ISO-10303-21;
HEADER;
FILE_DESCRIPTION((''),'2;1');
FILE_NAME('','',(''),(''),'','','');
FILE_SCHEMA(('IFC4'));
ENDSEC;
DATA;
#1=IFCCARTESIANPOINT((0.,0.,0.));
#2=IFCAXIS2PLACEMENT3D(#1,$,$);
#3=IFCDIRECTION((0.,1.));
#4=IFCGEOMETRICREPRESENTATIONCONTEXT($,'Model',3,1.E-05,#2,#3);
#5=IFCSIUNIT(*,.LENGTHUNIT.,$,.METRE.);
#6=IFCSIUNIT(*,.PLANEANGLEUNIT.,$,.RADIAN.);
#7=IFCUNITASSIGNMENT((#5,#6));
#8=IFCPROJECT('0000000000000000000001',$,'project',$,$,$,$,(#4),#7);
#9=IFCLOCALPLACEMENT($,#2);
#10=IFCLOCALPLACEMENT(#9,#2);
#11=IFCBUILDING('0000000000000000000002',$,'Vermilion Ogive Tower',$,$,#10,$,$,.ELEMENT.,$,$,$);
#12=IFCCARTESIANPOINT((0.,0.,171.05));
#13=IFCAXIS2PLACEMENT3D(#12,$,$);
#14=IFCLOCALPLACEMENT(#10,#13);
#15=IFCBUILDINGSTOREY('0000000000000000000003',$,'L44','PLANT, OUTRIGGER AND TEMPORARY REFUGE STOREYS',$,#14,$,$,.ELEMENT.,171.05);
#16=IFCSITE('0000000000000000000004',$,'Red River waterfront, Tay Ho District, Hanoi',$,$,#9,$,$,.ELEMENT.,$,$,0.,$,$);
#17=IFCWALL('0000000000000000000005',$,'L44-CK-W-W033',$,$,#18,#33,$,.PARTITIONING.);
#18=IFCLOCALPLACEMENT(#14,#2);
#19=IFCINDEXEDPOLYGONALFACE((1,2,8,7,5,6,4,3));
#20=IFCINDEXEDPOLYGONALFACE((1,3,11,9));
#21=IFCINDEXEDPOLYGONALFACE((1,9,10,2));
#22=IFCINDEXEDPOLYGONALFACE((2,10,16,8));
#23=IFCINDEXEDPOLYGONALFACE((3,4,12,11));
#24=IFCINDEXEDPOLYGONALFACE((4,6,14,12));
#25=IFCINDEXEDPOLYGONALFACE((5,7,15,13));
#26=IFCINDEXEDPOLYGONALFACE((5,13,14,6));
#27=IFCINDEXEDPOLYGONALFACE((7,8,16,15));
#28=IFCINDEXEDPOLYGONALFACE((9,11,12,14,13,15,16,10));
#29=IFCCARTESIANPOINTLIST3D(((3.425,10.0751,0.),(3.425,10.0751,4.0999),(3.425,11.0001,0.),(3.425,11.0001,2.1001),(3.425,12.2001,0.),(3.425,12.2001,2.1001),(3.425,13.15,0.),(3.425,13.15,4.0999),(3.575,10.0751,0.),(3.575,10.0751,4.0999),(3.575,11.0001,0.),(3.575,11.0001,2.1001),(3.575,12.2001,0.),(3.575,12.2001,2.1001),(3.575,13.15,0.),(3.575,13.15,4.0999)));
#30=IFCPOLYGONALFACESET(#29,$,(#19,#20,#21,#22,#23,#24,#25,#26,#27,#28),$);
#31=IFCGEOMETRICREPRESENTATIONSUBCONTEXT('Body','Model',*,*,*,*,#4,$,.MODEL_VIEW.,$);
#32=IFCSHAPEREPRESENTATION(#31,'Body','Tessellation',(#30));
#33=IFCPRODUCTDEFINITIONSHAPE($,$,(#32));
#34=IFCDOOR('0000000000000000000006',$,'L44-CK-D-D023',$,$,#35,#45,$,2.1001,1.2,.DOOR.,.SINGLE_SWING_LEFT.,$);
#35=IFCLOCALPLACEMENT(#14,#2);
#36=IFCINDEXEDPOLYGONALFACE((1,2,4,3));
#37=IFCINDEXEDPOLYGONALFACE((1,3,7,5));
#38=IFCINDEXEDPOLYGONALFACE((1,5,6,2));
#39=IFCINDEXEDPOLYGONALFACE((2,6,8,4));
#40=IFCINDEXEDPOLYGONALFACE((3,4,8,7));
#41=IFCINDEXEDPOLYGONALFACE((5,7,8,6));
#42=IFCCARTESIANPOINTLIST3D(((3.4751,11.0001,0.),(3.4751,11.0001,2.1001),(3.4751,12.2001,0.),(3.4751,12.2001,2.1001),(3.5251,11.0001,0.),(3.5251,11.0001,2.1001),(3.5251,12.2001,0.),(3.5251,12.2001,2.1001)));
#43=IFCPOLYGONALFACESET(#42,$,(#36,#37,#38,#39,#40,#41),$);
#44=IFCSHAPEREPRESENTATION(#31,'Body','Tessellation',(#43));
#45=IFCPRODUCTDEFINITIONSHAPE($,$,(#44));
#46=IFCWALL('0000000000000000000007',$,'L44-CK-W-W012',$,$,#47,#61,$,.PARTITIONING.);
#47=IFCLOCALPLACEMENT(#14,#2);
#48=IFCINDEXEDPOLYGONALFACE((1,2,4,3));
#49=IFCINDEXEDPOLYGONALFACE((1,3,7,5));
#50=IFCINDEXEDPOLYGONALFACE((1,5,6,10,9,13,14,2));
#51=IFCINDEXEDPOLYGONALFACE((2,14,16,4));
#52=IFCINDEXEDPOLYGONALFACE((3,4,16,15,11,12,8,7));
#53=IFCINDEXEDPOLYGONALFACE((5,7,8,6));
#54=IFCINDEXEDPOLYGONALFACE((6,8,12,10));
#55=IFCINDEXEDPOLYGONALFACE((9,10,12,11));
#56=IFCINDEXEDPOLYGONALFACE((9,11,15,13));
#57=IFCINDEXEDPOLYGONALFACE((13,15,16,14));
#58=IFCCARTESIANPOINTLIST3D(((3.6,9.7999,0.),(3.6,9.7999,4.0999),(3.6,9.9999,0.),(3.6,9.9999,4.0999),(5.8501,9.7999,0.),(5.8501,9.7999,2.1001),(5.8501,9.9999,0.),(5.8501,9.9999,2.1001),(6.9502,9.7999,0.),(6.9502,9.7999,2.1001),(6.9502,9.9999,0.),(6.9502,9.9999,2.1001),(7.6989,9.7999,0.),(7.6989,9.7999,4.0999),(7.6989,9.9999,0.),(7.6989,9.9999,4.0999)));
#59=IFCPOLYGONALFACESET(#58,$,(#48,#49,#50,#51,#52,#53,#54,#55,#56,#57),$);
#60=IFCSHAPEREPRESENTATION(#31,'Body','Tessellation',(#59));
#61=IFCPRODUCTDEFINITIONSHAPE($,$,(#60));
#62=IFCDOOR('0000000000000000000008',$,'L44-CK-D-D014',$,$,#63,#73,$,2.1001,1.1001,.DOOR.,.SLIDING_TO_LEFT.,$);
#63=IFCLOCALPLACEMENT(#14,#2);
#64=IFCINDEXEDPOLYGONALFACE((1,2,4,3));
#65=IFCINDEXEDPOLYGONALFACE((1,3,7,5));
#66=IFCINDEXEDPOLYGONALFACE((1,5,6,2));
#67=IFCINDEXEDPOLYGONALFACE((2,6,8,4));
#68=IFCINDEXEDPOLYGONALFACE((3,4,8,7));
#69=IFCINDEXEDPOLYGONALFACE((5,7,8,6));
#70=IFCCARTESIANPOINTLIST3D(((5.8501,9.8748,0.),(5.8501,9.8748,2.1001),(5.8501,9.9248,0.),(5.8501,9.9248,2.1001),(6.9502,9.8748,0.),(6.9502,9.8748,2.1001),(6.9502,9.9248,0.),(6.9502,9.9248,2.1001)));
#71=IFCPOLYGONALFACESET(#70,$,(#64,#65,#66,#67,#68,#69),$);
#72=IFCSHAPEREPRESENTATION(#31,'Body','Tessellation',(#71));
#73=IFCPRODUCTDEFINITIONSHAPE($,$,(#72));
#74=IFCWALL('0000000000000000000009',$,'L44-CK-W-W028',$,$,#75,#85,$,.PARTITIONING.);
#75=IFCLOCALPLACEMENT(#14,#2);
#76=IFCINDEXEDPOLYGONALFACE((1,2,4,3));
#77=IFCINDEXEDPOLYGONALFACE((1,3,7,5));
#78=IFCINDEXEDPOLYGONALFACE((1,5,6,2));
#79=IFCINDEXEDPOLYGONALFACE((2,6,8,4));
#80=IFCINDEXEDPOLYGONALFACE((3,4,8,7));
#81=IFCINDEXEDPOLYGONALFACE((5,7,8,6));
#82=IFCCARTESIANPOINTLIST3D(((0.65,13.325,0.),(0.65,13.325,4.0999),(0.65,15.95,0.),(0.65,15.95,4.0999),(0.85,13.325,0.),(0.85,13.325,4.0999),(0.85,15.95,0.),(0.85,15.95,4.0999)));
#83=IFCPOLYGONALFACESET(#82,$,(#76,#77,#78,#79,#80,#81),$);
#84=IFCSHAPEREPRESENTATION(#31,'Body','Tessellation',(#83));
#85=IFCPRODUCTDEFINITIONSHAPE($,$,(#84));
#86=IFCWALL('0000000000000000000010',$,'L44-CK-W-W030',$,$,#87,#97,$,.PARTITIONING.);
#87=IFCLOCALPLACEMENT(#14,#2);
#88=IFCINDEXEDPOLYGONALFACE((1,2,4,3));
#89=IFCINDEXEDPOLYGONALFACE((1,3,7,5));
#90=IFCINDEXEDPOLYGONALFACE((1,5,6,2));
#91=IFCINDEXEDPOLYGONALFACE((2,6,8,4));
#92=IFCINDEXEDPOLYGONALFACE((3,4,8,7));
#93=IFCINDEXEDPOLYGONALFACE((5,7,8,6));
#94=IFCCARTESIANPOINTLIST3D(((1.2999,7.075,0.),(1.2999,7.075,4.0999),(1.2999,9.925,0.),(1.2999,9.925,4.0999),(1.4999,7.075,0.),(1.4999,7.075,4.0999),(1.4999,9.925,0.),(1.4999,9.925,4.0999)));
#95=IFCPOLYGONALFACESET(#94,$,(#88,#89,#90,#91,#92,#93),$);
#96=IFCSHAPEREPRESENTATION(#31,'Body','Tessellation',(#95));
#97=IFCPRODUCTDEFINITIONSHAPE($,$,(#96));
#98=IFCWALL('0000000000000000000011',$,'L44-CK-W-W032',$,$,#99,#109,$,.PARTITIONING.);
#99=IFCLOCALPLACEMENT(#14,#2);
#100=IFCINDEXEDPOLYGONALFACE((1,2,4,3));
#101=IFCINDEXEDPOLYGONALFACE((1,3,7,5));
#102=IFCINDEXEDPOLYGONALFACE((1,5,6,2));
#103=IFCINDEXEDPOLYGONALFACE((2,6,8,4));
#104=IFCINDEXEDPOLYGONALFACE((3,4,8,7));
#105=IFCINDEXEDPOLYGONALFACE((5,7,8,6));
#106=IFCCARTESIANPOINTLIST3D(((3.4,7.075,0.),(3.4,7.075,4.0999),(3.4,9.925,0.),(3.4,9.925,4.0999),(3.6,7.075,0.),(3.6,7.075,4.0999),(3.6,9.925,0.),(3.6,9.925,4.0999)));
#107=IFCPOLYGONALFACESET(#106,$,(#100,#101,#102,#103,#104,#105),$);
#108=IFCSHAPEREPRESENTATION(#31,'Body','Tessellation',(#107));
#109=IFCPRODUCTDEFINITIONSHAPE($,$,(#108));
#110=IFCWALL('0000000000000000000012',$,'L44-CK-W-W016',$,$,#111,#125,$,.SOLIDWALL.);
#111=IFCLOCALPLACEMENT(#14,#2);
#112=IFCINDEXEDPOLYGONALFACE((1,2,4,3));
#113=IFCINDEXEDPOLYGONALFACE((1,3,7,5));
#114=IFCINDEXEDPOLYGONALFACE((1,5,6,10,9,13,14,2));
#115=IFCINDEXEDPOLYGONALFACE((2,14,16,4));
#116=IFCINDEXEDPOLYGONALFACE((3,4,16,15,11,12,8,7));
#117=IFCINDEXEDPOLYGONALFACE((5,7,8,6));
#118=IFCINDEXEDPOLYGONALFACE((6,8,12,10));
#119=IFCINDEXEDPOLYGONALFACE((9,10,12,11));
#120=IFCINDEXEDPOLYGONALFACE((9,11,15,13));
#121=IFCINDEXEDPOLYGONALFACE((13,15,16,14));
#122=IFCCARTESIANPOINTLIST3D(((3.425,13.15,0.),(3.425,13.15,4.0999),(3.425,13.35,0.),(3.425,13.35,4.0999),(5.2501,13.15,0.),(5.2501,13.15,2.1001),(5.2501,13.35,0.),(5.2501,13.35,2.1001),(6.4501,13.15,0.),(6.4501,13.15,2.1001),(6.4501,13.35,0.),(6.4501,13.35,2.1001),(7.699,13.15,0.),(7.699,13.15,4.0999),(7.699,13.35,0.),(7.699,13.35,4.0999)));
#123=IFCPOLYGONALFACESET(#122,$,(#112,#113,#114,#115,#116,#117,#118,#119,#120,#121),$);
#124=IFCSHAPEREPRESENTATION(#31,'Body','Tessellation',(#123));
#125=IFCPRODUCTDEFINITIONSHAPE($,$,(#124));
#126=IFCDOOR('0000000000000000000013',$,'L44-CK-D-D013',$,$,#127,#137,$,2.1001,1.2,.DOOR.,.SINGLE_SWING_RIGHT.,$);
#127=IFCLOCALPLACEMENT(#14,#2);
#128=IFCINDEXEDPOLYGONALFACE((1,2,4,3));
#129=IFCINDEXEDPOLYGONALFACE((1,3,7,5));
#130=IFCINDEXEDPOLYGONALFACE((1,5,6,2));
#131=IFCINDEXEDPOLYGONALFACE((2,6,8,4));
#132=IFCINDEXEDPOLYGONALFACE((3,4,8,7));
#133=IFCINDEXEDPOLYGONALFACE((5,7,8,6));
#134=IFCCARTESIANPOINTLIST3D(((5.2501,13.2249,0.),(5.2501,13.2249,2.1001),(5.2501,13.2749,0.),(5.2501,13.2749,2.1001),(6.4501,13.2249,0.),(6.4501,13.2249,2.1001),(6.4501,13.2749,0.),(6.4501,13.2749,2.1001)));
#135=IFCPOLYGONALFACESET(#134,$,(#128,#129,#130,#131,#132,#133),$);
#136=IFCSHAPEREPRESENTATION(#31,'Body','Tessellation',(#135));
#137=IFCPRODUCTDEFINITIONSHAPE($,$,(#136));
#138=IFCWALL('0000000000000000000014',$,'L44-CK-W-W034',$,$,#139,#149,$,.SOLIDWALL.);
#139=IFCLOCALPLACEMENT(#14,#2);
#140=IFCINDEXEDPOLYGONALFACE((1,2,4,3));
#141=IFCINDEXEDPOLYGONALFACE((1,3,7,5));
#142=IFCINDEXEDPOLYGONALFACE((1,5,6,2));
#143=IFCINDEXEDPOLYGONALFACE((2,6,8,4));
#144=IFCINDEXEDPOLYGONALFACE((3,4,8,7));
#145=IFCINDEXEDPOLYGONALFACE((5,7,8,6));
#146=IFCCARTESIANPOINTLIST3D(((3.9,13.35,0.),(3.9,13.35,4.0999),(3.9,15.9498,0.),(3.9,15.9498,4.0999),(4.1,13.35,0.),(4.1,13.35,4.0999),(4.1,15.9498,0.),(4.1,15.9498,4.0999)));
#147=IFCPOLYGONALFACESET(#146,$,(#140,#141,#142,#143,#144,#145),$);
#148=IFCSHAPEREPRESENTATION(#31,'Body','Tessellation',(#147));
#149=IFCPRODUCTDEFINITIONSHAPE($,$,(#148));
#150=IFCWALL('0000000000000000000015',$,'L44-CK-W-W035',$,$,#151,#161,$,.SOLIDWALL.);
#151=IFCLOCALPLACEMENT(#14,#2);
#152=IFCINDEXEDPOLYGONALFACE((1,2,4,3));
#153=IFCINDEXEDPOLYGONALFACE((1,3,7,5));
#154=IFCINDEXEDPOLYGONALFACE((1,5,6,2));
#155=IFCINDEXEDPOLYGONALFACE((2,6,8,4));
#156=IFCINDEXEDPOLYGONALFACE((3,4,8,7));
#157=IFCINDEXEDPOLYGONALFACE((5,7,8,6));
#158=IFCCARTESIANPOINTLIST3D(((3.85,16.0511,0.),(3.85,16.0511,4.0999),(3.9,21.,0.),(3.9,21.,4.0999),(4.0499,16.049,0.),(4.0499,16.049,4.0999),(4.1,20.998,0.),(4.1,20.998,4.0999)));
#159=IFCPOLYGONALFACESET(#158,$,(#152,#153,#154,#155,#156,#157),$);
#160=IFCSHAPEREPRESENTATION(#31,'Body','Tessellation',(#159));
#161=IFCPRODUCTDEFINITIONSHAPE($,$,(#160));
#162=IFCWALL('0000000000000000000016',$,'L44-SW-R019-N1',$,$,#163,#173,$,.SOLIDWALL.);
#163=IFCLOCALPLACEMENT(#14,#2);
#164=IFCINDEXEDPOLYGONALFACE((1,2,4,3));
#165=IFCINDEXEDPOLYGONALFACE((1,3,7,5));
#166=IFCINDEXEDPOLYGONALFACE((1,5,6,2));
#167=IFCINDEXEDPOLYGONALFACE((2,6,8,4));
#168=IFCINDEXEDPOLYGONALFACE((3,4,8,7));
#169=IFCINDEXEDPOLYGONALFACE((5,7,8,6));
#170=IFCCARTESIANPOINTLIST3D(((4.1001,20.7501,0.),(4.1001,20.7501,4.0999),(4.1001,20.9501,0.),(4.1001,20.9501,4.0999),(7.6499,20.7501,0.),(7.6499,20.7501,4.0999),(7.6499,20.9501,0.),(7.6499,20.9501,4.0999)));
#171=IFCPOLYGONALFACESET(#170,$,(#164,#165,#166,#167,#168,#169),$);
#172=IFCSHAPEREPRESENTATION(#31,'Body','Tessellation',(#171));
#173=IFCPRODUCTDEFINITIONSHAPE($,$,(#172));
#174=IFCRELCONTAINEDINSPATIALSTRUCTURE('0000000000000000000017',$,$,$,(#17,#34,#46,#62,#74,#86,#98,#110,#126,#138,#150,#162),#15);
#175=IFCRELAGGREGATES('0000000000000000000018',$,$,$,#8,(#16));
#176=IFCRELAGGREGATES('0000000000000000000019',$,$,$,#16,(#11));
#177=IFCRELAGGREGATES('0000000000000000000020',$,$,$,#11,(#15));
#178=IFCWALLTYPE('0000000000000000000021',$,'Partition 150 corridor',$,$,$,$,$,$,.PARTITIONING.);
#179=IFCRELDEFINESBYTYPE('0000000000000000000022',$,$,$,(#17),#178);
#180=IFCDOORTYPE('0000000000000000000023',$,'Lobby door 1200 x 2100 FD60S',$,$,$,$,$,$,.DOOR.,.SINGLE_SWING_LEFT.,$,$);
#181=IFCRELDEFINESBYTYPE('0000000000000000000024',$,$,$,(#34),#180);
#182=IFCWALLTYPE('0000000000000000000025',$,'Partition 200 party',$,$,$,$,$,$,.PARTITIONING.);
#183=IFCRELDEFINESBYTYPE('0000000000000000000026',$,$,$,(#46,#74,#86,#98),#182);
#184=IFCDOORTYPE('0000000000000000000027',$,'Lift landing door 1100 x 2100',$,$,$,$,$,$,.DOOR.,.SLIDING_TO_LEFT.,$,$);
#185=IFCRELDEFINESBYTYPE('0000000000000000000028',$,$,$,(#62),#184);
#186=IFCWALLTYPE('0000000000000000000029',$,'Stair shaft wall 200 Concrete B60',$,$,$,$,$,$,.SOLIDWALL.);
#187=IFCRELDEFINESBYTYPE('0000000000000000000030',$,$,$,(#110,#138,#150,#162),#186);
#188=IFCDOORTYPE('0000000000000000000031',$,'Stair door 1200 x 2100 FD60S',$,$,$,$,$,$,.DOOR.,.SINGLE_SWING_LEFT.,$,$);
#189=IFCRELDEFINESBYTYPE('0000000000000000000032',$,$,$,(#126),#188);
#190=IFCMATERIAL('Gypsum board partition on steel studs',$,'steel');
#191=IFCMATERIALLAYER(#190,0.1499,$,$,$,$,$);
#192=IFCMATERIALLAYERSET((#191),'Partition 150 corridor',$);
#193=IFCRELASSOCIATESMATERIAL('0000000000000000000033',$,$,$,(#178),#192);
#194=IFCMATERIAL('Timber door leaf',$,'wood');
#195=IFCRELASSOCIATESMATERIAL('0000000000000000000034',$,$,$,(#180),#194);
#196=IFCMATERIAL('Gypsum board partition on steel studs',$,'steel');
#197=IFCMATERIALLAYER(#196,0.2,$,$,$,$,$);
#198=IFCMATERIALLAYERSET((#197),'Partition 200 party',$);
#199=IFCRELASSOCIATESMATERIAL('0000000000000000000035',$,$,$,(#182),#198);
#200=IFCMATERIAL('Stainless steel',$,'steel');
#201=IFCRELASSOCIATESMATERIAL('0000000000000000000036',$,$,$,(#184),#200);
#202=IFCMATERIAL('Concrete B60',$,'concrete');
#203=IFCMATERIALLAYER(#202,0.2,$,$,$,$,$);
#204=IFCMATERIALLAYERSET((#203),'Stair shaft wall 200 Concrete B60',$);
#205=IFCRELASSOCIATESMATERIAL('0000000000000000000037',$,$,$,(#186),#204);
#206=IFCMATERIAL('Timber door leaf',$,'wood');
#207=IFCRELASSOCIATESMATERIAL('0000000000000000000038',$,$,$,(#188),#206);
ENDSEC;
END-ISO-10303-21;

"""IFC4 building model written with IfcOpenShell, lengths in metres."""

from ifc_helpers import new_model, si_unit, direction, frame, frame_2d, origin, place, context, subcontext, project, spatial, rectangle, extrude, material, layer, layer_set, type_object, element, fill, save


model = new_model("IFC4")

# Units and contexts
model_context = context("Model", 3, precision=1e-05, world=origin(), true_north=direction((0.0, 1.0)))
body_context = subcontext(model_context, "Body", "Model", "MODEL_VIEW")
ifc_project = project(units=[si_unit("LENGTHUNIT", "METRE"), si_unit("PLANEANGLEUNIT", "RADIAN")], contexts=[model_context])

# Site, building, storey
site_placement = place(None, origin())
site = spatial("IfcSite", under=ifc_project, at=site_placement, Name="Red River waterfront, Tay Ho District, Hanoi", CompositionType="ELEMENT", RefElevation=0.0)
building_placement = place(site_placement, origin())
building = spatial("IfcBuilding", under=site, at=building_placement, Name="Vermilion Ogive Tower", CompositionType="ELEMENT")
storey_placement = place(building_placement, frame((0.0, 0.0, 171.05)))
storey = spatial("IfcBuildingStorey", under=building, at=storey_placement, Name="L44", Description="PLANT, OUTRIGGER AND TEMPORARY REFUGE STOREYS", CompositionType="ELEMENT", Elevation=171.05)

# Walls, openings, doors
ifc_material_1 = material(Name="Gypsum board partition on steel studs", Category="steel")
ifc_layer_1 = layer(ifc_material_1, 0.1499)
ifc_layer_set_1 = layer_set([ifc_layer_1], Name="Partition 150 corridor")
wall_type_1 = type_object("IfcWallType", Name="Partition 150 corridor", PredefinedType="PARTITIONING", material=ifc_layer_set_1)
wall_1_placement = place(storey_placement, frame((3.5, 10.075, 0.0), z_axis=(0.0, 0.0, 1.0), x_axis=(0.0, 1.0, 0.0)))
wall_1 = element("IfcWall", 1, at=wall_1_placement, inside=storey, type_object=wall_type_1, Name="L44-CK-W-W033", PredefinedType="PARTITIONING", context=body_context, shape_type="SweptSolid", body=[
    extrude(rectangle(XDim=3.075, YDim=0.1499, at=frame_2d((1.5376, 0.0))), origin(), (0.0, 0.0, 1.0), 4.0999),
])
opening_1_placement = place(wall_1_placement, frame((0.925, 0.0, 0.0)))
opening_1 = element("IfcOpeningElement", 2, at=opening_1_placement, cuts=wall_1, PredefinedType="OPENING", context=body_context, shape_type="SweptSolid", body=[
    extrude(rectangle(XDim=1.2, YDim=2.1001, at=frame_2d((0.6001, 1.05))), frame((0.0, 0.085, 0.0), z_axis=(0.0, -1.0, 0.0), x_axis=(1.0, 0.0, 0.0)), (0.0, 0.0, 1.0), 0.1699),
])
ifc_material_2 = material(Name="Timber door leaf", Category="wood")
door_type_1 = type_object("IfcDoorType", Name="Lobby door 1200 x 2100 FD60S", OperationType="SINGLE_SWING_LEFT", PredefinedType="DOOR", material=ifc_material_2)
door_1_placement = place(opening_1_placement, origin())
door_1 = element("IfcDoor", 3, at=door_1_placement, inside=storey, type_object=door_type_1, Name="L44-CK-D-D023", OperationType="SINGLE_SWING_LEFT", OverallHeight=2.1001, OverallWidth=1.2, PredefinedType="DOOR", context=body_context, shape_type="SweptSolid", body=[
    extrude(rectangle(XDim=1.2, YDim=2.1001, at=frame_2d((0.6001, 1.05))), frame((0.0, 0.0249, 0.0), z_axis=(0.0, -1.0, 0.0), x_axis=(1.0, 0.0, 0.0)), (0.0, 0.0, 1.0), 0.05),
])
fill(opening_1, door_1)
ifc_material_3 = material(Name="Gypsum board partition on steel studs", Category="steel")
ifc_layer_2 = layer(ifc_material_3, 0.2)
ifc_layer_set_2 = layer_set([ifc_layer_2], Name="Partition 200 party")
wall_type_2 = type_object("IfcWallType", Name="Partition 200 party", PredefinedType="PARTITIONING", material=ifc_layer_set_2)
wall_2_placement = place(storey_placement, frame((3.6001, 9.8999, 0.0), z_axis=(0.0, 0.0, 1.0), x_axis=(1.0, 0.0, 0.0)))
wall_2 = element("IfcWall", 4, at=wall_2_placement, inside=storey, type_object=wall_type_2, Name="L44-CK-W-W012", PredefinedType="PARTITIONING", context=body_context, shape_type="SweptSolid", body=[
    extrude(rectangle(XDim=4.0989, YDim=0.2, at=frame_2d((2.0493, 0.0))), origin(), (0.0, 0.0, 1.0), 4.0999),
])
opening_2_placement = place(wall_2_placement, frame((2.25, 0.0, 0.0)))
opening_2 = element("IfcOpeningElement", 5, at=opening_2_placement, cuts=wall_2, PredefinedType="OPENING", context=body_context, shape_type="SweptSolid", body=[
    extrude(rectangle(XDim=1.1001, YDim=2.1001, at=frame_2d((0.55, 1.05))), frame((0.0, 0.1099, 0.0), z_axis=(0.0, -1.0, 0.0), x_axis=(1.0, 0.0, 0.0)), (0.0, 0.0, 1.0), 0.22),
])
ifc_material_4 = material(Name="Stainless steel", Category="steel")
door_type_2 = type_object("IfcDoorType", Name="Lift landing door 1100 x 2100", OperationType="SLIDING_TO_LEFT", PredefinedType="DOOR", material=ifc_material_4)
door_2_placement = place(opening_2_placement, origin())
door_2 = element("IfcDoor", 6, at=door_2_placement, inside=storey, type_object=door_type_2, Name="L44-CK-D-D014", OperationType="SLIDING_TO_LEFT", OverallHeight=2.1001, OverallWidth=1.1001, PredefinedType="DOOR", context=body_context, shape_type="SweptSolid", body=[
    extrude(rectangle(XDim=1.1001, YDim=2.1001, at=frame_2d((0.55, 1.05))), frame((0.0, 0.0249, 0.0), z_axis=(0.0, -1.0, 0.0), x_axis=(1.0, 0.0, 0.0)), (0.0, 0.0, 1.0), 0.05),
])
fill(opening_2, door_2)

# Walls
wall_3_placement = place(storey_placement, frame((0.75, 13.325, 0.0), z_axis=(0.0, 0.0, 1.0), x_axis=(0.0, 1.0, 0.0)))
element("IfcWall", 7, at=wall_3_placement, inside=storey, type_object=wall_type_2, Name="L44-CK-W-W028", PredefinedType="PARTITIONING", context=body_context, shape_type="SweptSolid", body=[
    extrude(rectangle(XDim=2.625, YDim=0.2, at=frame_2d((1.3125, 0.0))), origin(), (0.0, 0.0, 1.0), 4.0999),
])
for number, where, z_axis, x_axis, name in (
    (8, (1.3999, 7.075, 0.0), (0.0, 0.0, 1.0), (0.0, 1.0, 0.0), "L44-CK-W-W030"),
    (9, (3.5, 7.075, 0.0), (0.0, 0.0, 1.0), (0.0, 1.0, 0.0), "L44-CK-W-W032"),
):
    element("IfcWall", number, at=place(storey_placement, frame(where, z_axis=z_axis, x_axis=x_axis)), inside=storey, type_object=wall_type_2, Name=name, PredefinedType="PARTITIONING", context=body_context, shape_type="SweptSolid", body=[
        extrude(rectangle(XDim=2.8501, YDim=0.2, at=frame_2d((1.425, 0.0))), origin(), (0.0, 0.0, 1.0), 4.0999),
    ])

# Wall, opening, door
ifc_material_5 = material(Name="Concrete B60", Category="concrete")
ifc_layer_3 = layer(ifc_material_5, 0.2)
ifc_layer_set_3 = layer_set([ifc_layer_3], Name="Stair shaft wall 200 Concrete B60")
wall_type_3 = type_object("IfcWallType", Name="Stair shaft wall 200 Concrete B60", PredefinedType="SOLIDWALL", material=ifc_layer_set_3)
wall_4_placement = place(storey_placement, frame((3.425, 13.25, 0.0), z_axis=(0.0, 0.0, 1.0), x_axis=(1.0, 0.0, 0.0)))
wall_4 = element("IfcWall", 10, at=wall_4_placement, inside=storey, type_object=wall_type_3, Name="L44-CK-W-W016", PredefinedType="SOLIDWALL", context=body_context, shape_type="SweptSolid", body=[
    extrude(rectangle(XDim=4.2739, YDim=0.2, at=frame_2d((2.137, 0.0))), origin(), (0.0, 0.0, 1.0), 4.0999),
])
opening_3_placement = place(wall_4_placement, frame((1.825, 0.0, 0.0)))
opening_3 = element("IfcOpeningElement", 11, at=opening_3_placement, cuts=wall_4, PredefinedType="OPENING", context=body_context, shape_type="SweptSolid", body=[
    extrude(rectangle(XDim=1.2, YDim=2.1001, at=frame_2d((0.6001, 1.05))), frame((0.0, 0.1099, 0.0), z_axis=(0.0, -1.0, 0.0), x_axis=(1.0, 0.0, 0.0)), (0.0, 0.0, 1.0), 0.22),
])
ifc_material_6 = material(Name="Timber door leaf", Category="wood")
door_type_3 = type_object("IfcDoorType", Name="Stair door 1200 x 2100 FD60S", OperationType="SINGLE_SWING_LEFT", PredefinedType="DOOR", material=ifc_material_6)
door_3_placement = place(opening_3_placement, origin())
door_3 = element("IfcDoor", 12, at=door_3_placement, inside=storey, type_object=door_type_3, Name="L44-CK-D-D013", OperationType="SINGLE_SWING_RIGHT", OverallHeight=2.1001, OverallWidth=1.2, PredefinedType="DOOR", context=body_context, shape_type="SweptSolid", body=[
    extrude(rectangle(XDim=1.2, YDim=2.1001, at=frame_2d((0.6001, 1.05))), frame((0.0, 0.0249, 0.0), z_axis=(0.0, -1.0, 0.0), x_axis=(1.0, 0.0, 0.0)), (0.0, 0.0, 1.0), 0.05),
])
fill(opening_3, door_3)

# Walls
wall_5_placement = place(storey_placement, frame((4.0, 13.3501, 0.0), z_axis=(0.0, 0.0, 1.0), x_axis=(0.0, 1.0, 0.0)))
element("IfcWall", 13, at=wall_5_placement, inside=storey, type_object=wall_type_3, Name="L44-CK-W-W034", PredefinedType="SOLIDWALL", context=body_context, shape_type="SweptSolid", body=[
    extrude(rectangle(XDim=2.5999, YDim=0.2, at=frame_2d((1.2998, 0.0))), origin(), (0.0, 0.0, 1.0), 4.0999),
])
wall_6_placement = place(storey_placement, frame((3.95, 16.05, 0.0), z_axis=(0.0, 0.0, 1.0), x_axis=(0.010112, 0.999949, 0.0)))
element("IfcWall", 14, at=wall_6_placement, inside=storey, type_object=wall_type_3, Name="L44-CK-W-W035", PredefinedType="SOLIDWALL", context=body_context, shape_type="SweptSolid", body=[
    extrude(rectangle(XDim=4.9492, YDim=0.2, at=frame_2d((2.4746, 0.0))), origin(), (0.0, 0.0, 1.0), 4.0999),
])
wall_7_placement = place(storey_placement, frame((4.1001, 20.8501, 0.0), z_axis=(0.0, 0.0, 1.0), x_axis=(1.0, 0.0, 0.0)))
element("IfcWall", 15, at=wall_7_placement, inside=storey, type_object=wall_type_3, Name="L44-SW-R019-N1", PredefinedType="SOLIDWALL", context=body_context, shape_type="SweptSolid", body=[
    extrude(rectangle(XDim=3.5498, YDim=0.2, at=frame_2d((1.7749, 0.0))), origin(), (0.0, 0.0, 1.0), 4.0999),
])

save(model, "model.ifc")
